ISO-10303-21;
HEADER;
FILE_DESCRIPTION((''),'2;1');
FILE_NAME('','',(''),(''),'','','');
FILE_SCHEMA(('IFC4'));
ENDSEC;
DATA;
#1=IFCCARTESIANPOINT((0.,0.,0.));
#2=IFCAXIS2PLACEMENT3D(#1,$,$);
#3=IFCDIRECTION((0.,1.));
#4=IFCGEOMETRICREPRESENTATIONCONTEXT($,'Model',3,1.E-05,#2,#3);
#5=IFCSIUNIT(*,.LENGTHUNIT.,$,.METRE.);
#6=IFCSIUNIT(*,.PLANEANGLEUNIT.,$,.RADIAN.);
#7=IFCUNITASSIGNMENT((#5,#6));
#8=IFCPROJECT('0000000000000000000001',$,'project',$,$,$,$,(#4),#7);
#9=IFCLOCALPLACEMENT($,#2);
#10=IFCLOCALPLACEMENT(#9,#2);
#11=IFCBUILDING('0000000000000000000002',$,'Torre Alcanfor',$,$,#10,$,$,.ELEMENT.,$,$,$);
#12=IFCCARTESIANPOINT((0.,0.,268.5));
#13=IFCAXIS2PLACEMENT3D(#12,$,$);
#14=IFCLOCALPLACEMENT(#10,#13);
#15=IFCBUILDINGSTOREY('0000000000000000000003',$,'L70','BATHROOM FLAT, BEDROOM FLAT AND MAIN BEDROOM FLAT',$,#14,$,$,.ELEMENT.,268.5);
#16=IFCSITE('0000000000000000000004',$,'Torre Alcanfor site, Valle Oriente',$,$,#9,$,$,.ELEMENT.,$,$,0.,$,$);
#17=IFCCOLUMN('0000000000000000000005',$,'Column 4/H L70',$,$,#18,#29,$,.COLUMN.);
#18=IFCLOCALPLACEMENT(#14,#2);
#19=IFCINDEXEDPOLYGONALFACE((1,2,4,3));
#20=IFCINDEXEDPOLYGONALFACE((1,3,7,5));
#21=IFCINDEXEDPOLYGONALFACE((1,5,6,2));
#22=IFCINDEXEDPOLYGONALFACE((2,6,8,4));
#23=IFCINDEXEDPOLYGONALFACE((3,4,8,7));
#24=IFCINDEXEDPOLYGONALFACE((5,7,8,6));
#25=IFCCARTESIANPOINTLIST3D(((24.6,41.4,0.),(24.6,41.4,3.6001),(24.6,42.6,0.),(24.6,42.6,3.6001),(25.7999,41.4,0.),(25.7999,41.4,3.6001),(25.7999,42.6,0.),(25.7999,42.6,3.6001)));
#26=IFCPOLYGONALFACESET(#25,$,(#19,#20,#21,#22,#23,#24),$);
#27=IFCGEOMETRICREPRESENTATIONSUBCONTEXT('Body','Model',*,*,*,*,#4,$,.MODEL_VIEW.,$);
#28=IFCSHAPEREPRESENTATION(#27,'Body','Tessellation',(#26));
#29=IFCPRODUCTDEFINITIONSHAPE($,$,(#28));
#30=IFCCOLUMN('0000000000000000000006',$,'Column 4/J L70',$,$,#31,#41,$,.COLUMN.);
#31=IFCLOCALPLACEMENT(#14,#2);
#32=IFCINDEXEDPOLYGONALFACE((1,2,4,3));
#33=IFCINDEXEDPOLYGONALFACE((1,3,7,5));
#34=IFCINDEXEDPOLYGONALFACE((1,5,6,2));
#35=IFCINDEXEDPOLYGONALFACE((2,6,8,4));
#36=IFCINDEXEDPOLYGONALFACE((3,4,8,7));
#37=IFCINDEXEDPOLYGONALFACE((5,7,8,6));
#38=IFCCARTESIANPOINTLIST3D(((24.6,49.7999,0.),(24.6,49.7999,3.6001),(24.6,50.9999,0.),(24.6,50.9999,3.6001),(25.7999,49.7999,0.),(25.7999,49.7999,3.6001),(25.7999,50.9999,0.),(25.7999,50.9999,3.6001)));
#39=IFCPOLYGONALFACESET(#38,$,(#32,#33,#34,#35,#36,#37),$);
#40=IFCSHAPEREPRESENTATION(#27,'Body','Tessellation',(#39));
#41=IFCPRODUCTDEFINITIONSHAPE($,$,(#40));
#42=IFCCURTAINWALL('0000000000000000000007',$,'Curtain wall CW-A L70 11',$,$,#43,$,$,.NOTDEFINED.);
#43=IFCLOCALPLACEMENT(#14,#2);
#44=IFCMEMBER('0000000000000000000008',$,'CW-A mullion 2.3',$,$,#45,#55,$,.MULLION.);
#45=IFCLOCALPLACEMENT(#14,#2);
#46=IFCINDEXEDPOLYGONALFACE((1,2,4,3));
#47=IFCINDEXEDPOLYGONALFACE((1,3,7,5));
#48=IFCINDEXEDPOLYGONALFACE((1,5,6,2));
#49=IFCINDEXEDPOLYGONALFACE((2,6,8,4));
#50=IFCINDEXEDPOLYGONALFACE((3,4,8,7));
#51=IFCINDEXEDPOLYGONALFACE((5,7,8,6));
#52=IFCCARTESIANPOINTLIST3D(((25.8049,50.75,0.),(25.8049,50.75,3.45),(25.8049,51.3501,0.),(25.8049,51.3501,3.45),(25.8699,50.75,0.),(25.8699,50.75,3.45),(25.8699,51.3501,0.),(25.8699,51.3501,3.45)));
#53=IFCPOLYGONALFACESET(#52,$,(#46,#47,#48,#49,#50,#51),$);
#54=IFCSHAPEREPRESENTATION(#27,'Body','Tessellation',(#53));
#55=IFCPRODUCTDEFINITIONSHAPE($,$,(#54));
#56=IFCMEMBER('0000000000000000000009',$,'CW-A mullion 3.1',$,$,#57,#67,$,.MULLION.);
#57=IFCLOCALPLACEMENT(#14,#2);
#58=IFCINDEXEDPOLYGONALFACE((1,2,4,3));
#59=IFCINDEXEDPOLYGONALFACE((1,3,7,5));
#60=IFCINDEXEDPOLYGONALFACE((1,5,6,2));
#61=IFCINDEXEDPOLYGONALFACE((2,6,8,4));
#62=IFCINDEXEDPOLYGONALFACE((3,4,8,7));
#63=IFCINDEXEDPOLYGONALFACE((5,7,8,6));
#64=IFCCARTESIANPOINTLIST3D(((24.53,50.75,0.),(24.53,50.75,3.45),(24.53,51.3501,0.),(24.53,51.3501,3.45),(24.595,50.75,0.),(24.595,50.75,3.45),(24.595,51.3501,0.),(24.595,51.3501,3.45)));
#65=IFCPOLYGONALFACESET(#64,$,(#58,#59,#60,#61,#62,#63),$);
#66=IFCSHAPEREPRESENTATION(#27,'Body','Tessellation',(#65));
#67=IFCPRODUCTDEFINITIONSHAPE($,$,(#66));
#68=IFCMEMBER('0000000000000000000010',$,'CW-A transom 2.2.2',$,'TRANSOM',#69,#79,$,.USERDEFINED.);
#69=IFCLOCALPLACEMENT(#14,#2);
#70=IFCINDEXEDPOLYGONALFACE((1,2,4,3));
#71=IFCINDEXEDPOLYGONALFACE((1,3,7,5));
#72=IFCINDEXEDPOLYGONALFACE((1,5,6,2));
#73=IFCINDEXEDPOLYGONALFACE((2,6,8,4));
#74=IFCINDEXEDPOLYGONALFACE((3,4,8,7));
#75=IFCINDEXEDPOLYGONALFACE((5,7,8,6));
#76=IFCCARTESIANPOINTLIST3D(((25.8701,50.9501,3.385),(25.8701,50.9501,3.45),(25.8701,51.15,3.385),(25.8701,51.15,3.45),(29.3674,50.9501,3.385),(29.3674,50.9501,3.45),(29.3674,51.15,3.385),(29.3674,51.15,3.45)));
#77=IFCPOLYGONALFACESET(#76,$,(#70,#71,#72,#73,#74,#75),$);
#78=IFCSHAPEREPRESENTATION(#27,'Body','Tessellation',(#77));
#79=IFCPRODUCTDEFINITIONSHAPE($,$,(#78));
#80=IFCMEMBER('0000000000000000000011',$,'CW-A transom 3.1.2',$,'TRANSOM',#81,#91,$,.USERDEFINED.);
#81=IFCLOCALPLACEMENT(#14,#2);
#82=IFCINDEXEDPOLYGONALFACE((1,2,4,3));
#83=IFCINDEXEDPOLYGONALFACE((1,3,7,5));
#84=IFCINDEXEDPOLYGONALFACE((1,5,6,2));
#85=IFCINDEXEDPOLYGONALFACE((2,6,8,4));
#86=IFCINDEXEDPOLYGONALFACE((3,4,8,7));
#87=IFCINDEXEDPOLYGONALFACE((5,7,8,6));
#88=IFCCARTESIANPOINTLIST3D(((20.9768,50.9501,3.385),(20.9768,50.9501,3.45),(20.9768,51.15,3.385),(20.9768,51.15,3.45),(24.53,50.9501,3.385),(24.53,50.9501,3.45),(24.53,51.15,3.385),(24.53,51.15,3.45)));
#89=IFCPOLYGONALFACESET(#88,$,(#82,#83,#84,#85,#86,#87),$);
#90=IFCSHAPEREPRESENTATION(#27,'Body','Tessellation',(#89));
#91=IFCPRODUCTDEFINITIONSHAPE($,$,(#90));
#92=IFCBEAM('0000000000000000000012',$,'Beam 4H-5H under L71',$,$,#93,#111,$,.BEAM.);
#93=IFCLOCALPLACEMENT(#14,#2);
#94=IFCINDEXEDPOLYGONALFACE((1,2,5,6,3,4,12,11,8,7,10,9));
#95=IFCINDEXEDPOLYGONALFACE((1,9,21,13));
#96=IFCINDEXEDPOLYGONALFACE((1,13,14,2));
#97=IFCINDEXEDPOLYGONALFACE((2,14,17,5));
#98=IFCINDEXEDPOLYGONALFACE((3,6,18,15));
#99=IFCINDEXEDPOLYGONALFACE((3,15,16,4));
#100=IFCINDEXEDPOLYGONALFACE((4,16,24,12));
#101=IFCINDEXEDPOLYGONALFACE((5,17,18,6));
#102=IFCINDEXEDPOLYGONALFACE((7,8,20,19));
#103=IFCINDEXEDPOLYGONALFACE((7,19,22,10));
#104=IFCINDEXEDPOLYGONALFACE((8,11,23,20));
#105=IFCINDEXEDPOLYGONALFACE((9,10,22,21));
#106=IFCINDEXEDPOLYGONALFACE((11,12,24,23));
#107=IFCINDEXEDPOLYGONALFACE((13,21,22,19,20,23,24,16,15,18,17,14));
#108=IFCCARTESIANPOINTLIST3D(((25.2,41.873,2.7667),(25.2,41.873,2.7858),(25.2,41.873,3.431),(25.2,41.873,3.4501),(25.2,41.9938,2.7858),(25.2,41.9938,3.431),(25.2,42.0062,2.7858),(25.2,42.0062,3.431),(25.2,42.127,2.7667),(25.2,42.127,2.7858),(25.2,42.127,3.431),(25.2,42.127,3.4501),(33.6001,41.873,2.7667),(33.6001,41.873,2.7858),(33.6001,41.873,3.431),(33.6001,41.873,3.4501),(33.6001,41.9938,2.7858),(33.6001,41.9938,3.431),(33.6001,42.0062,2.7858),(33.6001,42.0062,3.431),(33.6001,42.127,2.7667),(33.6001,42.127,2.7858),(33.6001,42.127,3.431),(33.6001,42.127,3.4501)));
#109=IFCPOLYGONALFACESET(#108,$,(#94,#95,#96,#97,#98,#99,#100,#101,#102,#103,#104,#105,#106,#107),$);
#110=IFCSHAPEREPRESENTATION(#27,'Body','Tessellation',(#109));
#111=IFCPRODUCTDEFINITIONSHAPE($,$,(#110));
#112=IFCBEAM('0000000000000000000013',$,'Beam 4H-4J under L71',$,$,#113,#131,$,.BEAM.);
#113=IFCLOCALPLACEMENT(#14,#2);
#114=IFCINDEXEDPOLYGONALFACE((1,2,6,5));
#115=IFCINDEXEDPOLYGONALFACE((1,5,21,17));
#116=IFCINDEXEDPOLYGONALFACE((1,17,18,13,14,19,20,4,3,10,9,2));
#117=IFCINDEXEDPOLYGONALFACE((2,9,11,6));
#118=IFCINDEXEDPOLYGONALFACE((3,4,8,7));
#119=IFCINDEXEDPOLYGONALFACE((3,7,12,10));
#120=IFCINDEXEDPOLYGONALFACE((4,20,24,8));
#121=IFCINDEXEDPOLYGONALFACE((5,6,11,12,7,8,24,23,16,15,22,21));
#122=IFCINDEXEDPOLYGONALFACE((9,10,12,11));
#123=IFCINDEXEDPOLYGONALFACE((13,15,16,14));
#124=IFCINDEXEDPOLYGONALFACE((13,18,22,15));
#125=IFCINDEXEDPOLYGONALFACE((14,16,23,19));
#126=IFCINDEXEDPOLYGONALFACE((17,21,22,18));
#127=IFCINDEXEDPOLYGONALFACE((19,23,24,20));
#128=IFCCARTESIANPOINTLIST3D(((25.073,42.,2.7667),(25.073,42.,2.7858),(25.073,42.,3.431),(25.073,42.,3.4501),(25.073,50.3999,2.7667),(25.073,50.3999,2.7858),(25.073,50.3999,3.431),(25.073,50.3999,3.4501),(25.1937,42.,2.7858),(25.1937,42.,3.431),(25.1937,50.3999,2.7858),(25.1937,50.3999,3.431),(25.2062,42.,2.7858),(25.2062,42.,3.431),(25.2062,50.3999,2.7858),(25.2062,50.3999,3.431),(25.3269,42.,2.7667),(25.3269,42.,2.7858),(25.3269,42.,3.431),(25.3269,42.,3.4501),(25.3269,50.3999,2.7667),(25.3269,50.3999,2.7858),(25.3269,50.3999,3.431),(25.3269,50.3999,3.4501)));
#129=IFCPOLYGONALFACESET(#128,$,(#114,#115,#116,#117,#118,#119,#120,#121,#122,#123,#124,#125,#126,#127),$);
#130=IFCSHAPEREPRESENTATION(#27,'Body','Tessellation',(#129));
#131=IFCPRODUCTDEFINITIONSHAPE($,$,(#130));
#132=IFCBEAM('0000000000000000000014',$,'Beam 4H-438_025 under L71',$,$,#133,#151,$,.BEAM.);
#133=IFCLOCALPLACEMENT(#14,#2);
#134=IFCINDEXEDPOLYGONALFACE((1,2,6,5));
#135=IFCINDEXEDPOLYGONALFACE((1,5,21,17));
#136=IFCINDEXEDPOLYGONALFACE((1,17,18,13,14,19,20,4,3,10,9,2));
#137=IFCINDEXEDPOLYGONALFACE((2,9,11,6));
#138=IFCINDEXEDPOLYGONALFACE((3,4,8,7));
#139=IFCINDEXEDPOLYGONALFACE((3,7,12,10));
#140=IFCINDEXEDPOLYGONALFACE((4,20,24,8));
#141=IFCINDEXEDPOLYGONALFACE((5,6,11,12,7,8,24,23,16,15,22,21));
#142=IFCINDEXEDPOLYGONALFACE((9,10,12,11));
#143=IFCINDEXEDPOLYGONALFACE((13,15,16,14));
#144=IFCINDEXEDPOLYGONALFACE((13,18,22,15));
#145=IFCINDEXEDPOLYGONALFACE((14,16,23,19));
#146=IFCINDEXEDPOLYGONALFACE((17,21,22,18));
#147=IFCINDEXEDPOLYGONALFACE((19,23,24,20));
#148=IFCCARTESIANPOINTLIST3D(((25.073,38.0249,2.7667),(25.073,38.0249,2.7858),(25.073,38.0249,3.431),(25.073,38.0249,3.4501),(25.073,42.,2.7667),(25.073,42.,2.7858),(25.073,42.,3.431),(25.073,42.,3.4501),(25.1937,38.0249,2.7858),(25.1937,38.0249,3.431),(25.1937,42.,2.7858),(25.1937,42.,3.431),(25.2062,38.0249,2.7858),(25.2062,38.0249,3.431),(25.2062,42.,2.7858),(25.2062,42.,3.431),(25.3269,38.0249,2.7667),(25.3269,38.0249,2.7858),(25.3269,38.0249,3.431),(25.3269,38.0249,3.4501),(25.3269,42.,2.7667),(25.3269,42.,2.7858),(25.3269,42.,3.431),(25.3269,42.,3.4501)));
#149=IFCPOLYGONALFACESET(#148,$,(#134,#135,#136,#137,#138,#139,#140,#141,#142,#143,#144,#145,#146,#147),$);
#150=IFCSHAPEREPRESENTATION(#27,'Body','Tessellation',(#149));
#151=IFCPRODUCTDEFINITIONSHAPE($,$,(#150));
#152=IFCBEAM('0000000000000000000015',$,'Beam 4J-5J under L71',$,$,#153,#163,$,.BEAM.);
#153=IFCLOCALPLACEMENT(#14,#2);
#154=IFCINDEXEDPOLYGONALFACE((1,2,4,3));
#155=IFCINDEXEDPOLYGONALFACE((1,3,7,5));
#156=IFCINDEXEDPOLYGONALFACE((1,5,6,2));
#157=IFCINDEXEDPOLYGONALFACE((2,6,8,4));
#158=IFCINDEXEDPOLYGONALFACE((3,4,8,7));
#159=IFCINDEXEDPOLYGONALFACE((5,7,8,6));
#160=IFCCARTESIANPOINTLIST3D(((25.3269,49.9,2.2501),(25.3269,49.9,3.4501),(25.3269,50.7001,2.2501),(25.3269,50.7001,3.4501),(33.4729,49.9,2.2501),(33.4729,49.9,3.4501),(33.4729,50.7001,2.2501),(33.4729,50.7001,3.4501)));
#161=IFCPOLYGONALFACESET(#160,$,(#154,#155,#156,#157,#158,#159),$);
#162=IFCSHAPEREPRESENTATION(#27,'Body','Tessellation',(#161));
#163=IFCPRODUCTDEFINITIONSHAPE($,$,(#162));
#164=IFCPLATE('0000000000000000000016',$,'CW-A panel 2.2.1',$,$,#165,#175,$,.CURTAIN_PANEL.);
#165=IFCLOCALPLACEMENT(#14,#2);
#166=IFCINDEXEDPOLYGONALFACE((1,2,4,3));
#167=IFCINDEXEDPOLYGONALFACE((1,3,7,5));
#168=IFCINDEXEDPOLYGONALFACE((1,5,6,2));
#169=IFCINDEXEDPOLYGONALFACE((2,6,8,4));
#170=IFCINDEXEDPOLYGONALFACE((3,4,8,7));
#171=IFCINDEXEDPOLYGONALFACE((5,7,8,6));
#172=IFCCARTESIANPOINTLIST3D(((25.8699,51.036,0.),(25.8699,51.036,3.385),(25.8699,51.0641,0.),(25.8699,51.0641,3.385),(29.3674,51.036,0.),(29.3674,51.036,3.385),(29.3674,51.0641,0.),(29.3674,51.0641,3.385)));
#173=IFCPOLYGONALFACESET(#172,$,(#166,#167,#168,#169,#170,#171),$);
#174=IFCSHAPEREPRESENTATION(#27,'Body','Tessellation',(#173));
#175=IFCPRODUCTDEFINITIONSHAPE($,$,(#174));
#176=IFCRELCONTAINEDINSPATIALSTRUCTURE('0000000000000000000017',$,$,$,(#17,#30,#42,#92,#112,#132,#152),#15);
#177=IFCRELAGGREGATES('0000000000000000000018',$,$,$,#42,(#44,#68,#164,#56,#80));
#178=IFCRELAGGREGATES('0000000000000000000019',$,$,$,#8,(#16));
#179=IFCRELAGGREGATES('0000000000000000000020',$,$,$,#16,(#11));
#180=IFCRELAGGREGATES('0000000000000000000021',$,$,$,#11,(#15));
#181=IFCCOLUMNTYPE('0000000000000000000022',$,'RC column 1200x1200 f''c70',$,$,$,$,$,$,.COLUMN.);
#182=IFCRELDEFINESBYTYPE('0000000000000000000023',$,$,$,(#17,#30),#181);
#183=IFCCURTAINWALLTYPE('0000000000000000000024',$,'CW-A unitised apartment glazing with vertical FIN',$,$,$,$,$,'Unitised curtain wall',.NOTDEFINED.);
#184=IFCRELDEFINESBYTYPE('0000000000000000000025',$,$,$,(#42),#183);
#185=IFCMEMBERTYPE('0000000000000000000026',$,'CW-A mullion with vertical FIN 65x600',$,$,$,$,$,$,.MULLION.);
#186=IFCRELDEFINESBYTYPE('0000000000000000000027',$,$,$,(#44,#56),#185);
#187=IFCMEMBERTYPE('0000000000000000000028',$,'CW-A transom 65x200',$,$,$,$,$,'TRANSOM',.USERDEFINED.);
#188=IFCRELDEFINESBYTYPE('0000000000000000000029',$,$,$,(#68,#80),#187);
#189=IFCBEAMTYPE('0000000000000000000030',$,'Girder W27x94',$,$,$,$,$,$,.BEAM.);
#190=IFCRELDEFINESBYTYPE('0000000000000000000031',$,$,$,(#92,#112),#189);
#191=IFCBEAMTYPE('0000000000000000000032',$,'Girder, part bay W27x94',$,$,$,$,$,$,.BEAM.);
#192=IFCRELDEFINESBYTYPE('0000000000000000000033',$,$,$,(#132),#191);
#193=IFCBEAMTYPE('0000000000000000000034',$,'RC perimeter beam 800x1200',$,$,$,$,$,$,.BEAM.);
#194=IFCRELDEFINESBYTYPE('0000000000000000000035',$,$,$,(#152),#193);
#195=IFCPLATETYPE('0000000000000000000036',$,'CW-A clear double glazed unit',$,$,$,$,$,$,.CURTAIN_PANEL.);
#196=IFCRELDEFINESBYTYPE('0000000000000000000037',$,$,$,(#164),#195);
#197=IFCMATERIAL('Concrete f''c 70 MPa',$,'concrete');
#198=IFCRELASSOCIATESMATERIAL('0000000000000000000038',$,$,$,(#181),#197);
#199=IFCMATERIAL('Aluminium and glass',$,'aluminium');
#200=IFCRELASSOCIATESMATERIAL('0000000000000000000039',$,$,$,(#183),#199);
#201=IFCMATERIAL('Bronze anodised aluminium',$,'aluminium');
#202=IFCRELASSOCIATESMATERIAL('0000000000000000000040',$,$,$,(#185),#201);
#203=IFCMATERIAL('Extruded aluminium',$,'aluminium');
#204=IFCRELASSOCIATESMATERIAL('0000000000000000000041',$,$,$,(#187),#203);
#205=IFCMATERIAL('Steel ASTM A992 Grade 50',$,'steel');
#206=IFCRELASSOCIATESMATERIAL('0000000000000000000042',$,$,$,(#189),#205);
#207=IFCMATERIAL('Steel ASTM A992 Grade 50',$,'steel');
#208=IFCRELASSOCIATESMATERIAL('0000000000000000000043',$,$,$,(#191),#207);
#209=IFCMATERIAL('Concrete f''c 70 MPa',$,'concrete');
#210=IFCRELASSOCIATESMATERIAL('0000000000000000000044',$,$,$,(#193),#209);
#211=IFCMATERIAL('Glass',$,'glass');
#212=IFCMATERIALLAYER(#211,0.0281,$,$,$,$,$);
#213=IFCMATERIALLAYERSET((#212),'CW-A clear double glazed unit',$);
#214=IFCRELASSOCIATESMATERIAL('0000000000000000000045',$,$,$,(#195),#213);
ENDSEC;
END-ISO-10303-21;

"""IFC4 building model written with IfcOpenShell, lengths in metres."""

from ifc_helpers import new_model, si_unit, direction, frame, origin, origin_2d, place, context, subcontext, project, spatial, rectangle, i_section, extrude, material, layer, layer_set, material_profile, profile_set, type_object, element, aggregate, save


model = new_model("IFC4")

# Units and contexts
model_context = context("Model", 3, precision=1e-05, world=origin(), true_north=direction((0.0, 1.0)))
body_context = subcontext(model_context, "Body", "Model", "MODEL_VIEW")
ifc_project = project(units=[si_unit("LENGTHUNIT", "METRE"), si_unit("PLANEANGLEUNIT", "RADIAN")], contexts=[model_context])

# Site, building, storey
site_placement = place(None, origin())
site = spatial("IfcSite", under=ifc_project, at=site_placement, Name="Torre Alcanfor site, Valle Oriente", CompositionType="ELEMENT", RefElevation=0.0)
building_placement = place(site_placement, origin())
building = spatial("IfcBuilding", under=site, at=building_placement, Name="Torre Alcanfor", CompositionType="ELEMENT")
storey_placement = place(building_placement, frame((0.0, 0.0, 268.5)))
storey = spatial("IfcBuildingStorey", under=building, at=storey_placement, Name="L70", Description="BATHROOM FLAT, BEDROOM FLAT AND MAIN BEDROOM FLAT", CompositionType="ELEMENT", Elevation=268.5)

# Columns
ifc_material_1 = material(Name="Concrete f'c 70 MPa", Category="concrete")
ifc_material_profile_1 = material_profile(ifc_material_1, rectangle(XDim=1.2, YDim=1.2, at=origin_2d()), Name="1200x1200")
ifc_profile_set_1 = profile_set([ifc_material_profile_1], Name="Concrete f'c 70 MPa")
column_type = type_object("IfcColumnType", Name="RC column 1200x1200 f'c70", PredefinedType="COLUMN", material=ifc_profile_set_1)
for number, where, z_axis, x_axis, name in (
    (1, (25.2, 42.0, 0.0), (0.0, 0.0, 1.0), (1.0, 0.0, 0.0), "Column 4/H L70"),
    (2, (25.2, 50.3999, 0.0), (0.0, 0.0, 1.0), (1.0, 0.0, 0.0), "Column 4/J L70"),
):
    element("IfcColumn", number, at=place(storey_placement, frame(where, z_axis=z_axis, x_axis=x_axis)), inside=storey, type_object=column_type, Name=name, PredefinedType="COLUMN", context=body_context, shape_type="SweptSolid", body=[
        extrude(rectangle(XDim=1.2, YDim=1.2, at=origin_2d()), origin(), (0.0, 0.0, 1.0), 3.6001),
    ])

# Curtain wall, members
ifc_material_2 = material(Name="Aluminium and glass", Category="aluminium")
curtain_wall_type = type_object("IfcCurtainWallType", Name="CW-A unitised apartment glazing with vertical FIN", ElementType="Unitised curtain wall", PredefinedType="NOTDEFINED", material=ifc_material_2)
curtain_wall_placement = place(storey_placement, origin())
curtain_wall = element("IfcCurtainWall", 3, at=curtain_wall_placement, inside=storey, type_object=curtain_wall_type, Name="Curtain wall CW-A L70 11", PredefinedType="NOTDEFINED")
ifc_material_3 = material(Name="Bronze anodised aluminium", Category="aluminium")
ifc_material_profile_2 = material_profile(ifc_material_3, rectangle(XDim=0.6001, YDim=0.0649, at=origin_2d()), Name="CW-A mullion 65x600")
ifc_profile_set_2 = profile_set([ifc_material_profile_2], Name="Bronze anodised aluminium")
member_type_1 = type_object("IfcMemberType", Name="CW-A mullion with vertical FIN 65x600", PredefinedType="MULLION", material=ifc_profile_set_2)
member_1_placement = place(storey_placement, frame((25.8374, 51.05, 0.0), z_axis=(0.0, 0.0, 1.0), x_axis=(0.0, -1.0, 0.0)))
member_1 = element("IfcMember", 4, at=member_1_placement, type_object=member_type_1, Name="CW-A mullion 2.3", PredefinedType="MULLION", context=body_context, shape_type="SweptSolid", body=[
    extrude(rectangle(XDim=0.6001, YDim=0.0649, at=origin_2d()), origin(), (0.0, 0.0, 1.0), 3.45),
])
member_2_placement = place(storey_placement, frame((24.5625, 51.05, 0.0), z_axis=(0.0, 0.0, 1.0), x_axis=(0.0, -1.0, 0.0)))
member_2 = element("IfcMember", 5, at=member_2_placement, type_object=member_type_1, Name="CW-A mullion 3.1", PredefinedType="MULLION", context=body_context, shape_type="SweptSolid", body=[
    extrude(rectangle(XDim=0.6001, YDim=0.0649, at=origin_2d()), origin(), (0.0, 0.0, 1.0), 3.45),
])
ifc_material_4 = material(Name="Extruded aluminium", Category="aluminium")
ifc_material_profile_3 = material_profile(ifc_material_4, rectangle(XDim=0.2, YDim=0.0649, at=origin_2d()), Name="CW-A transom 200x65")
ifc_profile_set_3 = profile_set([ifc_material_profile_3], Name="Extruded aluminium")
member_type_2 = type_object("IfcMemberType", Name="CW-A transom 65x200", ElementType="TRANSOM", PredefinedType="USERDEFINED", material=ifc_profile_set_3)
member_3_placement = place(storey_placement, frame((29.3674, 51.05, 3.4175), z_axis=(-1.0, 0.0, 0.0), x_axis=(0.0, -1.0, 0.0)))
member_3 = element("IfcMember", 6, at=member_3_placement, type_object=member_type_2, Name="CW-A transom 2.2.2", ObjectType="TRANSOM", PredefinedType="USERDEFINED", context=body_context, shape_type="SweptSolid", body=[
    extrude(rectangle(XDim=0.2, YDim=0.0649, at=origin_2d()), origin(), (0.0, 0.0, 1.0), 3.4973),
])
member_4_placement = place(storey_placement, frame((24.53, 51.05, 3.4175), z_axis=(-1.0, 0.0, 0.0), x_axis=(0.0, -1.0, 0.0)))
member_4 = element("IfcMember", 7, at=member_4_placement, type_object=member_type_2, Name="CW-A transom 3.1.2", ObjectType="TRANSOM", PredefinedType="USERDEFINED", context=body_context, shape_type="SweptSolid", body=[
    extrude(rectangle(XDim=0.2, YDim=0.0649, at=origin_2d()), origin(), (0.0, 0.0, 1.0), 3.5532),
])

# Beams
ifc_material_5 = material(Name="Steel ASTM A992 Grade 50", Category="steel")
ifc_material_profile_4 = material_profile(ifc_material_5, i_section(OverallWidth=0.2539, OverallDepth=0.6833, WebThickness=0.0125, FlangeThickness=0.019, at=origin_2d()), Name="W27x94")
ifc_profile_set_4 = profile_set([ifc_material_profile_4], Name="Steel ASTM A992 Grade 50")
beam_type_1 = type_object("IfcBeamType", Name="Girder W27x94", PredefinedType="BEAM", material=ifc_profile_set_4)
beam_1_placement = place(storey_placement, frame((25.2, 42.0, 3.1084), z_axis=(1.0, 0.0, 0.0), x_axis=(0.0, 1.0, 0.0)))
element("IfcBeam", 8, at=beam_1_placement, inside=storey, type_object=beam_type_1, Name="Beam 4H-5H under L71", PredefinedType="BEAM", context=body_context, shape_type="SweptSolid", body=[
    extrude(i_section(OverallWidth=0.2539, OverallDepth=0.6833, WebThickness=0.0125, FlangeThickness=0.019, at=origin_2d()), origin(), (0.0, 0.0, 1.0), 8.4001),
])
beam_2_placement = place(storey_placement, frame((25.2, 42.0, 3.1084), z_axis=(0.0, 1.0, 0.0), x_axis=(-1.0, 0.0, 0.0)))
element("IfcBeam", 9, at=beam_2_placement, inside=storey, type_object=beam_type_1, Name="Beam 4H-4J under L71", PredefinedType="BEAM", context=body_context, shape_type="SweptSolid", body=[
    extrude(i_section(OverallWidth=0.2539, OverallDepth=0.6833, WebThickness=0.0125, FlangeThickness=0.019, at=origin_2d()), origin(), (0.0, 0.0, 1.0), 8.3999),
])
ifc_material_6 = material(Name="Steel ASTM A992 Grade 50", Category="steel")
ifc_material_profile_5 = material_profile(ifc_material_6, i_section(OverallWidth=0.2539, OverallDepth=0.6833, WebThickness=0.0125, FlangeThickness=0.019, at=origin_2d()), Name="W27x94")
ifc_profile_set_5 = profile_set([ifc_material_profile_5], Name="Steel ASTM A992 Grade 50")
beam_type_2 = type_object("IfcBeamType", Name="Girder, part bay W27x94", PredefinedType="BEAM", material=ifc_profile_set_5)
beam_3_placement = place(storey_placement, frame((25.2, 42.0, 3.1084), z_axis=(0.0, -1.0, 0.0), x_axis=(1.0, 0.0, 0.0)))
element("IfcBeam", 10, at=beam_3_placement, inside=storey, type_object=beam_type_2, Name="Beam 4H-438_025 under L71", PredefinedType="BEAM", context=body_context, shape_type="SweptSolid", body=[
    extrude(i_section(OverallWidth=0.2539, OverallDepth=0.6833, WebThickness=0.0125, FlangeThickness=0.019, at=origin_2d()), origin(), (0.0, 0.0, 1.0), 3.9751),
])
ifc_material_7 = material(Name="Concrete f'c 70 MPa", Category="concrete")
ifc_material_profile_6 = material_profile(ifc_material_7, rectangle(XDim=0.8, YDim=1.2, at=origin_2d()), Name="800x1200")
ifc_profile_set_6 = profile_set([ifc_material_profile_6], Name="Concrete f'c 70 MPa")
beam_type_3 = type_object("IfcBeamType", Name="RC perimeter beam 800x1200", PredefinedType="BEAM", material=ifc_profile_set_6)
beam_4_placement = place(storey_placement, frame((25.3269, 50.3, 2.8501), z_axis=(1.0, 0.0, 0.0), x_axis=(0.0, 1.0, 0.0)))
element("IfcBeam", 11, at=beam_4_placement, inside=storey, type_object=beam_type_3, Name="Beam 4J-5J under L71", PredefinedType="BEAM", context=body_context, shape_type="SweptSolid", body=[
    extrude(rectangle(XDim=0.8, YDim=1.2, at=origin_2d()), origin(), (0.0, 0.0, 1.0), 8.146),
])

# Plate
ifc_material_8 = material(Name="Glass", Category="glass")
ifc_layer_1 = layer(ifc_material_8, 0.0281)
ifc_layer_set_1 = layer_set([ifc_layer_1], Name="CW-A clear double glazed unit")
plate_type = type_object("IfcPlateType", Name="CW-A clear double glazed unit", PredefinedType="CURTAIN_PANEL", material=ifc_layer_set_1)
plate_placement = place(storey_placement, frame((27.6187, 51.05, 0.0), z_axis=(0.0, 0.0, 1.0), x_axis=(-1.0, 0.0, 0.0)))
plate = element("IfcPlate", 12, at=plate_placement, type_object=plate_type, Name="CW-A panel 2.2.1", PredefinedType="CURTAIN_PANEL", context=body_context, shape_type="SweptSolid", body=[
    extrude(rectangle(XDim=3.4976, YDim=0.0281, at=origin_2d()), origin(), (0.0, 0.0, 1.0), 3.385),
])
aggregate(curtain_wall, [member_1, member_3, plate, member_2, member_4])

save(model, "model.ifc")
